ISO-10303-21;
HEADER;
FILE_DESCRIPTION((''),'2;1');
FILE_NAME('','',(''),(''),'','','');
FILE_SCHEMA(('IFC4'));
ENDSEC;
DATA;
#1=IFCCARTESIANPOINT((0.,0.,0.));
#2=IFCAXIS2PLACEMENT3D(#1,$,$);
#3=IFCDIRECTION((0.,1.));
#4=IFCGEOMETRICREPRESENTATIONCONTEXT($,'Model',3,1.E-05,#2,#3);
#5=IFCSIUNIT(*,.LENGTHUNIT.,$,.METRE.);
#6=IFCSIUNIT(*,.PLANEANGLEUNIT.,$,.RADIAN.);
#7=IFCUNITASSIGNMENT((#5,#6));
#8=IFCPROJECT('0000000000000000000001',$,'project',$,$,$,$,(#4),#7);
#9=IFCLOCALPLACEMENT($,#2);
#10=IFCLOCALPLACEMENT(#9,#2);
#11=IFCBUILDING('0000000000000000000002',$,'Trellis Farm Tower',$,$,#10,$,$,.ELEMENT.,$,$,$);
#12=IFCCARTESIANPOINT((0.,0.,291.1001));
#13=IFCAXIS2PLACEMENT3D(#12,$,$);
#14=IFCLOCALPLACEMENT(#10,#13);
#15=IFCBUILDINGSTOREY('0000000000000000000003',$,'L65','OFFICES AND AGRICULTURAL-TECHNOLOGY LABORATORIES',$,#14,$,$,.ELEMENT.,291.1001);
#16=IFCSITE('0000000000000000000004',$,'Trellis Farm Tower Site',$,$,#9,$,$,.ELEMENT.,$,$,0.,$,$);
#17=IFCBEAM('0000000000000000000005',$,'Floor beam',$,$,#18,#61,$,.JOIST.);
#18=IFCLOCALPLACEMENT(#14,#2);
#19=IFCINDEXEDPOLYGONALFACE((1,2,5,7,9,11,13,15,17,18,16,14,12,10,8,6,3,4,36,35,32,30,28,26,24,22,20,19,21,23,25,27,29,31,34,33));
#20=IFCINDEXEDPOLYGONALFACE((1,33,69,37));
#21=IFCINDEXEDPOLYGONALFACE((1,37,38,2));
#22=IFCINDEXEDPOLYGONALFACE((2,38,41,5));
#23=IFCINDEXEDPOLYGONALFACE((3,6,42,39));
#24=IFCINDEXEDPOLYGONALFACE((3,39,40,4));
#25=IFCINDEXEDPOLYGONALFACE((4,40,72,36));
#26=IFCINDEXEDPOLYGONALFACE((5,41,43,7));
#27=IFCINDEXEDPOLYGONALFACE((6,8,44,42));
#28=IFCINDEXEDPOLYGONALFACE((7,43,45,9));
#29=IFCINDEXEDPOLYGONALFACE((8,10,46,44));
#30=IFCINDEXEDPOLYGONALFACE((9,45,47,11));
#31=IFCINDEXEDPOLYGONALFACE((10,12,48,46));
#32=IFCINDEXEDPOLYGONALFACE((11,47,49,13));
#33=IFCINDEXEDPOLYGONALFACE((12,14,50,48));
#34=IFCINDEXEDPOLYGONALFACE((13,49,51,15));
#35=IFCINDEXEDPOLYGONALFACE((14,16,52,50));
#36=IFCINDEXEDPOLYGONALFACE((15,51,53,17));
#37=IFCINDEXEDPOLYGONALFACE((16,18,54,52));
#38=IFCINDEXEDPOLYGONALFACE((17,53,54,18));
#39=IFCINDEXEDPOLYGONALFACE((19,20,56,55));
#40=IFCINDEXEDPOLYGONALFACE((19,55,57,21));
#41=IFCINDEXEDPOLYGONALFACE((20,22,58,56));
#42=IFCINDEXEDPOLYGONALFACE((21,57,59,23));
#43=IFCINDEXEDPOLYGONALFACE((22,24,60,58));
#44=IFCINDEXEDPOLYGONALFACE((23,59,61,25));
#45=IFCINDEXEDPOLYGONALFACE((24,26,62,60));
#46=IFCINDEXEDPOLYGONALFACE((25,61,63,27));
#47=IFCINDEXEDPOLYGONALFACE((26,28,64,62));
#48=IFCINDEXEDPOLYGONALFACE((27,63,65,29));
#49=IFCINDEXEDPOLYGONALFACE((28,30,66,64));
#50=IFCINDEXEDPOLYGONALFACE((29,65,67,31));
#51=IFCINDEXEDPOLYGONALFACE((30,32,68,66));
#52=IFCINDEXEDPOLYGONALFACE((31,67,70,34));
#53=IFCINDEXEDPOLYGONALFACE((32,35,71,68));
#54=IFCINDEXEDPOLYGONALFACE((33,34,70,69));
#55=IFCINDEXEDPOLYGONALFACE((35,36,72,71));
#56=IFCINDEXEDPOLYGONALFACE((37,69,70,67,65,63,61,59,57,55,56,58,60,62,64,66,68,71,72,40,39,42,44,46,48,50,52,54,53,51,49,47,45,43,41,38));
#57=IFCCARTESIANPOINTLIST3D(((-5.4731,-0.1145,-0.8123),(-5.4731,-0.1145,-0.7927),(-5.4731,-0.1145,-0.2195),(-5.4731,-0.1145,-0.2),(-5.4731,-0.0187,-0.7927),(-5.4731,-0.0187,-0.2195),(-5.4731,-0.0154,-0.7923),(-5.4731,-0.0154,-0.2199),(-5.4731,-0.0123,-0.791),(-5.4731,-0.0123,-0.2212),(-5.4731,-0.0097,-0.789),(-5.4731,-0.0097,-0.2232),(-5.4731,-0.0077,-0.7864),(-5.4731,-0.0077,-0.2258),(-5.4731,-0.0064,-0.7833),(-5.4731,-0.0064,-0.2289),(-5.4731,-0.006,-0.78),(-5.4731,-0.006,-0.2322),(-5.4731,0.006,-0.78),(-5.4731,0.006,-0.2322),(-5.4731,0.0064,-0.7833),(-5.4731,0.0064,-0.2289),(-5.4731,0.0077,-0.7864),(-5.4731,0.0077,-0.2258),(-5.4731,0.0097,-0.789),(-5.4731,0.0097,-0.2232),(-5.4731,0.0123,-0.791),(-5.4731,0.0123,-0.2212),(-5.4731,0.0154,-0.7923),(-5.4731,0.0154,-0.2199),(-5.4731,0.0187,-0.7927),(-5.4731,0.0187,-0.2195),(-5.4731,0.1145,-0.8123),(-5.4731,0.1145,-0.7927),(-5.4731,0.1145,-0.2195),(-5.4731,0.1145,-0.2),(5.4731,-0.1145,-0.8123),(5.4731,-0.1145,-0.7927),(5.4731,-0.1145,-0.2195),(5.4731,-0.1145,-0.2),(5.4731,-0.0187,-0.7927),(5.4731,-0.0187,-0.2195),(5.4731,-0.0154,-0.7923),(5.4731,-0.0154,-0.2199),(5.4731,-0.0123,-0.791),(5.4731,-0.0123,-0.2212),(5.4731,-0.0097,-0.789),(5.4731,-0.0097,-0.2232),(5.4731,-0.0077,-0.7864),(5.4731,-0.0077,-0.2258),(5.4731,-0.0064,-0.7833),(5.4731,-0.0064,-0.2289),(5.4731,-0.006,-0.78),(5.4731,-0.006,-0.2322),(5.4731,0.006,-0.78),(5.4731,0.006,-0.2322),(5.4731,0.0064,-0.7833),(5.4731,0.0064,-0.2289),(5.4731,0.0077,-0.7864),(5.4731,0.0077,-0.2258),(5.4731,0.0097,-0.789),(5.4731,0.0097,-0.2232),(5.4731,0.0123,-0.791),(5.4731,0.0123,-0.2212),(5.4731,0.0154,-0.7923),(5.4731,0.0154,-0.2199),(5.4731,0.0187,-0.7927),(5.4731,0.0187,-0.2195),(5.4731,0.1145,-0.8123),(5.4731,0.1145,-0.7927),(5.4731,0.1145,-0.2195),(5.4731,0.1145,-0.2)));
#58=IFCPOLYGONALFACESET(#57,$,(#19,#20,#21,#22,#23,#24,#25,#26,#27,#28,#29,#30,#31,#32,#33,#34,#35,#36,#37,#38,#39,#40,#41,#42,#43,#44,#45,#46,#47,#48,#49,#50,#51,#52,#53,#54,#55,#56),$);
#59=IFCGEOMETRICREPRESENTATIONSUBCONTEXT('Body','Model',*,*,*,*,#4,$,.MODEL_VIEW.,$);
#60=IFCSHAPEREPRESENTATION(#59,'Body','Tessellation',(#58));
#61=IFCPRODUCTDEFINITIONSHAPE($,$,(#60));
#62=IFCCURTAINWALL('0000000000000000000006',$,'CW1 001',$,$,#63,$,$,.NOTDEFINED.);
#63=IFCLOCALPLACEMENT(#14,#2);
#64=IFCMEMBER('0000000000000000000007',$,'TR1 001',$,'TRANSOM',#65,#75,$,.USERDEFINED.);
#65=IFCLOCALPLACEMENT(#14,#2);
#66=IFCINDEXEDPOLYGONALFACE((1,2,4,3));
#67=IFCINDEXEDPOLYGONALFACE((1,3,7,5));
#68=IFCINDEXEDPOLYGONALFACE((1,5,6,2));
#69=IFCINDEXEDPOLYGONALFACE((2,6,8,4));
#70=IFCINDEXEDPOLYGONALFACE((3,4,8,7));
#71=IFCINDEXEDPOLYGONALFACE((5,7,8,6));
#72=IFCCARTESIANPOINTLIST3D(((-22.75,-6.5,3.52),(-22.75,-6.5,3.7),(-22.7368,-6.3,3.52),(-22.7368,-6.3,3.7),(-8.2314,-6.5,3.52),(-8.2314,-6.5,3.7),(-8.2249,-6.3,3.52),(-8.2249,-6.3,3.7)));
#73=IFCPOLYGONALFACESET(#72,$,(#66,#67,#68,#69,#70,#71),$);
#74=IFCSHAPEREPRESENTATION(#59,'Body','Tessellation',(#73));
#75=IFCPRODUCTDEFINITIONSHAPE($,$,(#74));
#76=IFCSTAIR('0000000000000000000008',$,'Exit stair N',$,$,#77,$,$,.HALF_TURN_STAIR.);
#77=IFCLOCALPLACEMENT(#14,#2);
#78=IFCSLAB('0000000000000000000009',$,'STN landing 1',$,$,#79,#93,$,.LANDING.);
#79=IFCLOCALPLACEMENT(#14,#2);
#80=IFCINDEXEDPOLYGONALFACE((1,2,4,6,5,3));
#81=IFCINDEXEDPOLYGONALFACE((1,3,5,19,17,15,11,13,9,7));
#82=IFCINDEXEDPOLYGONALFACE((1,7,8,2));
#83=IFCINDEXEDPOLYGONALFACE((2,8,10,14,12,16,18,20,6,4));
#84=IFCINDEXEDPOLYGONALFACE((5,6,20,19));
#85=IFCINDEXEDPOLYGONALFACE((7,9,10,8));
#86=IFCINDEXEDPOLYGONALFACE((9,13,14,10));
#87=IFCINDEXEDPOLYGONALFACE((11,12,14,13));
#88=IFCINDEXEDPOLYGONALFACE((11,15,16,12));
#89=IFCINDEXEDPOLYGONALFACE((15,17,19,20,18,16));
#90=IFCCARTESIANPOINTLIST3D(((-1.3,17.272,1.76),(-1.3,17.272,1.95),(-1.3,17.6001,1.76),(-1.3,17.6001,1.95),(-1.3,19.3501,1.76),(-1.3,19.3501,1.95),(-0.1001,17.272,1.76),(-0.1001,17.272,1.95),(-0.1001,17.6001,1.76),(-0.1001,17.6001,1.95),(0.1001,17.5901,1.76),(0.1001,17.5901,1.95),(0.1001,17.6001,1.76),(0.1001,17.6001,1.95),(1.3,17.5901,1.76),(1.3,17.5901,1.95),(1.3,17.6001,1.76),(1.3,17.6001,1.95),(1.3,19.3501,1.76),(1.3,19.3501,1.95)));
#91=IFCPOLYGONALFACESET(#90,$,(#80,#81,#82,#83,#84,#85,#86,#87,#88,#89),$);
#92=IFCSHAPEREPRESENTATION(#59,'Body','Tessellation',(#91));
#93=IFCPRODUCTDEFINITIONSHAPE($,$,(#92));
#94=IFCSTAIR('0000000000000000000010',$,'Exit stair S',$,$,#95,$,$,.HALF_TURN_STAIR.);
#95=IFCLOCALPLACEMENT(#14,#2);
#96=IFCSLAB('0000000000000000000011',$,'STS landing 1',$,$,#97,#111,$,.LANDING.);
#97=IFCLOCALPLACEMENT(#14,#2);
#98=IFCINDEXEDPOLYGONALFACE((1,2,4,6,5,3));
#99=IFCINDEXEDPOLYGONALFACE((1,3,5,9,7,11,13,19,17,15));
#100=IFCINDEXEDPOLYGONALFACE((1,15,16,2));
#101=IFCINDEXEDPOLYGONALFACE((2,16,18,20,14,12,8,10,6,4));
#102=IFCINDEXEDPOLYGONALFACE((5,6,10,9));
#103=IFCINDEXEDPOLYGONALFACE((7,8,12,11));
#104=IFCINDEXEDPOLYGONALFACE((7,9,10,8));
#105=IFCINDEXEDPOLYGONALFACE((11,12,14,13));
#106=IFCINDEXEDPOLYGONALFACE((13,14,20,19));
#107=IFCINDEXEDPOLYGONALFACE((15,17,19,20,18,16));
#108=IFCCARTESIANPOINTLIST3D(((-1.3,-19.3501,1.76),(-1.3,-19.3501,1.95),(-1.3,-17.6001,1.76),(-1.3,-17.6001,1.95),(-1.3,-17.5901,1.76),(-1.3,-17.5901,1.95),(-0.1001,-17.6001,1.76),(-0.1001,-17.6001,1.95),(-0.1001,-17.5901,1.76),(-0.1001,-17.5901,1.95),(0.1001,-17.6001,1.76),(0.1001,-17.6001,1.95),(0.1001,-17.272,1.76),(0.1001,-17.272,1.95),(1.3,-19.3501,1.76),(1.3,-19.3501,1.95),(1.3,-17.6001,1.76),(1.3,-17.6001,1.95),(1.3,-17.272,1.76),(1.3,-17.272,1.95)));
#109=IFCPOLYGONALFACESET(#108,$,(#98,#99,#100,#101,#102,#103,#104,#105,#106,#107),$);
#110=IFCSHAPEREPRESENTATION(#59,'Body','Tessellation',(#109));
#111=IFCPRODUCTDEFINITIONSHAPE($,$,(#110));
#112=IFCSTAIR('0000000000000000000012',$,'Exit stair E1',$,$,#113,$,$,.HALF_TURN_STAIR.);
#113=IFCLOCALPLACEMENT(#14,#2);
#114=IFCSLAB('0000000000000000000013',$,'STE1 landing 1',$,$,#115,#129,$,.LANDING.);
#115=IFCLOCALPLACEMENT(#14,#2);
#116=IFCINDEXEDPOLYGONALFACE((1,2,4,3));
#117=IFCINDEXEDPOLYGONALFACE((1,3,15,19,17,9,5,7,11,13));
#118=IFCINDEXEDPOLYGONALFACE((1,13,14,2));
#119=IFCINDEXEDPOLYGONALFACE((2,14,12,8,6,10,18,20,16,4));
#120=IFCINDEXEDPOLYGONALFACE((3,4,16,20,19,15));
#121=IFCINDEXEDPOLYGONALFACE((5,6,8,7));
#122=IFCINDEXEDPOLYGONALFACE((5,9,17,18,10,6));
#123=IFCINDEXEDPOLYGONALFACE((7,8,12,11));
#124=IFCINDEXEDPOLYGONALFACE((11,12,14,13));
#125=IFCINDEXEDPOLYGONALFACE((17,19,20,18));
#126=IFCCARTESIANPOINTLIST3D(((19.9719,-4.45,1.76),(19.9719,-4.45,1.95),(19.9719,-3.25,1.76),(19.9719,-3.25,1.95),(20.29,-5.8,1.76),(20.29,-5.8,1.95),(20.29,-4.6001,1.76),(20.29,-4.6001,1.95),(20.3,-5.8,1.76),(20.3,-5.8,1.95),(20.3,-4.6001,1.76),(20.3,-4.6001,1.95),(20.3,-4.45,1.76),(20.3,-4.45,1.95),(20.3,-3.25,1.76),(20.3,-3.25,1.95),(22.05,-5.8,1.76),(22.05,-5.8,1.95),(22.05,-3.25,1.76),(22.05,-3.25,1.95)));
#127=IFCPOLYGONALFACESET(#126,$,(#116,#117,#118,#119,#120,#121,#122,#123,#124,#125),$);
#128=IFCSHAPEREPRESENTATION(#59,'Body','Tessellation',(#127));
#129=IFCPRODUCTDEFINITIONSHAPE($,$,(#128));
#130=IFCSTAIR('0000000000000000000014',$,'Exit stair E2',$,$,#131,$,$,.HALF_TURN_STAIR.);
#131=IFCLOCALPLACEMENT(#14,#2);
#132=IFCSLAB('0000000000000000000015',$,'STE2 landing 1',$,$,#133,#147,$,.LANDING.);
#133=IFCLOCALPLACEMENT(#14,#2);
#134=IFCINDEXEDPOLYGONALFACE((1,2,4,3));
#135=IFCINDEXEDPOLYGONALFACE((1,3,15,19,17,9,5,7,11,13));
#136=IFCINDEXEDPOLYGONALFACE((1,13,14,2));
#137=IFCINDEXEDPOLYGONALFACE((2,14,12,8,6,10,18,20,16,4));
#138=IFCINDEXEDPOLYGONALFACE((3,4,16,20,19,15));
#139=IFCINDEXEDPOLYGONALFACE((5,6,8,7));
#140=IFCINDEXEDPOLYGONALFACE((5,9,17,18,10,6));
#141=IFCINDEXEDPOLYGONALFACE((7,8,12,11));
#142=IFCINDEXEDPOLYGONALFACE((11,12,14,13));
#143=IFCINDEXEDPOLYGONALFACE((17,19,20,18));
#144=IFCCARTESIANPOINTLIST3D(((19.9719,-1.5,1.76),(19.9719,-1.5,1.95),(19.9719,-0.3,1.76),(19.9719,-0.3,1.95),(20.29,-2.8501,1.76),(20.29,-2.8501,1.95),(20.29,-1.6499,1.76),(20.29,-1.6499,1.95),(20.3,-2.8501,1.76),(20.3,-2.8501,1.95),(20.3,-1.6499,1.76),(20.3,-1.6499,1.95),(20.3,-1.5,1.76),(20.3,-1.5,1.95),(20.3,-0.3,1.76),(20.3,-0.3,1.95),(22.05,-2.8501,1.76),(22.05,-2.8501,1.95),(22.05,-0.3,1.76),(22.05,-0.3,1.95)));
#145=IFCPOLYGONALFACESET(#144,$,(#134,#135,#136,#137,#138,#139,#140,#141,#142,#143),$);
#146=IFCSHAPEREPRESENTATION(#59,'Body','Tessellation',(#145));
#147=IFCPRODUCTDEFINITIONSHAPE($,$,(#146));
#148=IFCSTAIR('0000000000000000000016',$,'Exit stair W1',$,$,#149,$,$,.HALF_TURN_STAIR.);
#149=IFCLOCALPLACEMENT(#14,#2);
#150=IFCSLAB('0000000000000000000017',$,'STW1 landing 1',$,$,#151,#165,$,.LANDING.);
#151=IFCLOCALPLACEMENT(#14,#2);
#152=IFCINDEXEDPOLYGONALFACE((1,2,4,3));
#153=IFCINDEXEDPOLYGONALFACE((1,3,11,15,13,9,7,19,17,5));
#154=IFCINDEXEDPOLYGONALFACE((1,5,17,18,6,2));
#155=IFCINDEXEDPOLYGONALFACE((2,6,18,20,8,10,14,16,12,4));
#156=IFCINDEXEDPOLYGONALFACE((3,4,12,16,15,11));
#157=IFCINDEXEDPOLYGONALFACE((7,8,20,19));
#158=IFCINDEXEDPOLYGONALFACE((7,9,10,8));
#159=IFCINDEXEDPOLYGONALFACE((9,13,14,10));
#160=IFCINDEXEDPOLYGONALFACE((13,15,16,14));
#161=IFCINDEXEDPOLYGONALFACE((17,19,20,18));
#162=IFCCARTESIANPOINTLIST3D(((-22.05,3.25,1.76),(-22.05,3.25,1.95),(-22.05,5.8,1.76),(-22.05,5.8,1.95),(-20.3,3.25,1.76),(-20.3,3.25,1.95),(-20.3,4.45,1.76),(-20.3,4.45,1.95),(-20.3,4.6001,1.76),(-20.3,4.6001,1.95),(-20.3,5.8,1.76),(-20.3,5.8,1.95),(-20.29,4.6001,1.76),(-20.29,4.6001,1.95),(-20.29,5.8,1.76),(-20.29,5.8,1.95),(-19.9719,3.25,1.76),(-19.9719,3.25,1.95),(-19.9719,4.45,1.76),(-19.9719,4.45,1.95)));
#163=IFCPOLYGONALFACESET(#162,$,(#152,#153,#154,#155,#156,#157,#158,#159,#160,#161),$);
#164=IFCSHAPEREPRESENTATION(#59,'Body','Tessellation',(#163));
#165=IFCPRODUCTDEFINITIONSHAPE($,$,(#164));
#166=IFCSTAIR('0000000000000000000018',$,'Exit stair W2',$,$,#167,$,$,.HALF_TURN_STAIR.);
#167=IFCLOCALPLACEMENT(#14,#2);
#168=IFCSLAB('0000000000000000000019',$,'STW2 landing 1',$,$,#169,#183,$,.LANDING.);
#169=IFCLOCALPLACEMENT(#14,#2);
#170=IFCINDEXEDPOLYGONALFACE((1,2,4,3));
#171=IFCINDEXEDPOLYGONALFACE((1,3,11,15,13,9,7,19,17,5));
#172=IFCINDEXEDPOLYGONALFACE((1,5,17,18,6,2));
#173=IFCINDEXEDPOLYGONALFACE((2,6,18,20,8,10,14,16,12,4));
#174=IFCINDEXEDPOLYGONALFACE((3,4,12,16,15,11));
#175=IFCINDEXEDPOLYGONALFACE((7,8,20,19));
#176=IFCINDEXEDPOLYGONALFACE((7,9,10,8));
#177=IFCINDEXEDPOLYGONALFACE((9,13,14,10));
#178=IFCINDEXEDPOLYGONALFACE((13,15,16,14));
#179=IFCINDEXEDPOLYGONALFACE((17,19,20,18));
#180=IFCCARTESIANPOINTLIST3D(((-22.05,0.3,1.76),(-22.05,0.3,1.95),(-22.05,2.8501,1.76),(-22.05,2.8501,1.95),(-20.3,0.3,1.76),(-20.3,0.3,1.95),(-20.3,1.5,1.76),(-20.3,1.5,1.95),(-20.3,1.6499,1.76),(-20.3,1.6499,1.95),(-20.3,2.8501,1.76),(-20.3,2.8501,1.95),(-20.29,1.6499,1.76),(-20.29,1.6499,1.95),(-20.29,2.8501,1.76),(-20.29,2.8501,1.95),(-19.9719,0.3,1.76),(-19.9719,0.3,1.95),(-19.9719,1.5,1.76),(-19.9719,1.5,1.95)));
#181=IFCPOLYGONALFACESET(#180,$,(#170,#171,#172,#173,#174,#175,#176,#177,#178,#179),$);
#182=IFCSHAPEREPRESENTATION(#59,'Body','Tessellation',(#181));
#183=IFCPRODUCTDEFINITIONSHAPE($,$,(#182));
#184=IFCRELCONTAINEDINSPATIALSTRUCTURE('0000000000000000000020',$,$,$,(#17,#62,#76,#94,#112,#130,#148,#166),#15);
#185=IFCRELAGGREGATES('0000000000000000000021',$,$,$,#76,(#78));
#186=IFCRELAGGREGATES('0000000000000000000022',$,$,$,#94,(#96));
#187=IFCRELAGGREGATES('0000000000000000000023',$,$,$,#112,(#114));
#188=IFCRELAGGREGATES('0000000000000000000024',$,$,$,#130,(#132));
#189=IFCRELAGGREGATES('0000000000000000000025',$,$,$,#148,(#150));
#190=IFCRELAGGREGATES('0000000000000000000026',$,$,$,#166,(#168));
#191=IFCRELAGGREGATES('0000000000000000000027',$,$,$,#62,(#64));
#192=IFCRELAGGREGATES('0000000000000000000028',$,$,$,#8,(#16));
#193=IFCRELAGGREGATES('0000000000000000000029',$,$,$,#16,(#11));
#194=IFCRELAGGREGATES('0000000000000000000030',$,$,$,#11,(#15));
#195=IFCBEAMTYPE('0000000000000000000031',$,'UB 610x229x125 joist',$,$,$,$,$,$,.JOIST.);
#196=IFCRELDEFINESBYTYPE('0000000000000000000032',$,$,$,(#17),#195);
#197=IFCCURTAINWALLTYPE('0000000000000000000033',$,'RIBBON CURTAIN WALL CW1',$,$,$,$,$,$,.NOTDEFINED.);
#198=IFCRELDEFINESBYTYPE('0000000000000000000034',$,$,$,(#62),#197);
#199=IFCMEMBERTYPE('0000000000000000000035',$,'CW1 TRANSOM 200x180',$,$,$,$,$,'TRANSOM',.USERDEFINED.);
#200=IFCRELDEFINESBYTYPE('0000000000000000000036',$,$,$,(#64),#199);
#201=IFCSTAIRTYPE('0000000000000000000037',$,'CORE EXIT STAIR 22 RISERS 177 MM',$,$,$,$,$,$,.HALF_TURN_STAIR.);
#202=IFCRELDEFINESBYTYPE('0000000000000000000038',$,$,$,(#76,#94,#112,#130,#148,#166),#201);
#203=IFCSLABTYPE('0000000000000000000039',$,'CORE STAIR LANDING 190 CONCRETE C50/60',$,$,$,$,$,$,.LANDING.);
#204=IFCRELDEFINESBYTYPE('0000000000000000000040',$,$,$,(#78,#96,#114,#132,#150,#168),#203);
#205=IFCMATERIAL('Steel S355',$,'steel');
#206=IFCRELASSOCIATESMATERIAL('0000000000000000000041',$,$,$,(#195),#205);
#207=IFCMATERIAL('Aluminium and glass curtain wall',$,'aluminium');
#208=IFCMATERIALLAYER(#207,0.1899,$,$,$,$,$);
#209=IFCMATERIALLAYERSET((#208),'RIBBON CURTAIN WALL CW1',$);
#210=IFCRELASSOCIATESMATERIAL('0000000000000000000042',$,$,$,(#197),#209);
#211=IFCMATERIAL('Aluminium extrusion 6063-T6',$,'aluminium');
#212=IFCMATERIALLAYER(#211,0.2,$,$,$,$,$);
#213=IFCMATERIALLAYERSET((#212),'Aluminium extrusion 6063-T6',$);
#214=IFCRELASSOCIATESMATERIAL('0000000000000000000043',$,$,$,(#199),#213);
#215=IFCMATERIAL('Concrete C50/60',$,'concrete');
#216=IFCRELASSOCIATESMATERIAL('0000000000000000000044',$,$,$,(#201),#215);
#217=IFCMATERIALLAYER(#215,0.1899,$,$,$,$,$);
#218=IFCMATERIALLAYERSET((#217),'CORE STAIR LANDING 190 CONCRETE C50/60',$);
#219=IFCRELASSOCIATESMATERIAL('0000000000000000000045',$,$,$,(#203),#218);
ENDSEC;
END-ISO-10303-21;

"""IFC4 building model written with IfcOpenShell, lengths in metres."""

from ifc_helpers import new_model, si_unit, direction, frame, origin, origin_2d, place, context, subcontext, project, spatial, polyline, i_section, outline, extrude, source, transform, mapped, material, layer, layer_set, material_profile, profile_set, type_object, element, aggregate, save


model = new_model("IFC4")

# Units and contexts
model_context = context("Model", 3, precision=1e-05, world=origin(), true_north=direction((0.0, 1.0)))
body_context = subcontext(model_context, "Body", "Model", "MODEL_VIEW")
ifc_project = project(units=[si_unit("LENGTHUNIT", "METRE"), si_unit("PLANEANGLEUNIT", "RADIAN")], contexts=[model_context])

# Site, building, storey
site_placement = place(None, origin())
site = spatial("IfcSite", under=ifc_project, at=site_placement, Name="Trellis Farm Tower Site", CompositionType="ELEMENT", RefElevation=0.0)
building_placement = place(site_placement, origin())
building = spatial("IfcBuilding", under=site, at=building_placement, Name="Trellis Farm Tower", CompositionType="ELEMENT")
storey_placement = place(building_placement, frame((0.0, 0.0, 291.1001)))
storey = spatial("IfcBuildingStorey", under=building, at=storey_placement, Name="L65", Description="OFFICES AND AGRICULTURAL-TECHNOLOGY LABORATORIES", CompositionType="ELEMENT", Elevation=291.1001)

# Beam
ifc_material_1 = material(Name="Steel S355", Category="steel")
ifc_material_profile = material_profile(ifc_material_1, i_section(OverallWidth=0.229, OverallDepth=0.6123, WebThickness=0.012, FlangeThickness=0.0195, FilletRadius=0.0127, at=origin_2d()), Name="UB 610x229x125")
ifc_profile_set = profile_set([ifc_material_profile], Name="Steel S355")
beam_type = type_object("IfcBeamType", Name="UB 610x229x125 joist", PredefinedType="JOIST", material=ifc_profile_set)
shared_shape_1 = source(origin(), body_context, "Body", "SweptSolid", [
    extrude(i_section(OverallWidth=0.229, OverallDepth=0.6123, WebThickness=0.012, FlangeThickness=0.0195, FilletRadius=0.0127, at=origin_2d()), origin(), (0.0, 0.0, 1.0), 10.9463),
])
beam_placement = place(storey_placement, frame((-5.4731, 0.0, -0.5061), z_axis=(1.0, 0.0, 0.0), x_axis=(0.0, 1.0, 0.0)))
element("IfcBeam", 1, at=beam_placement, inside=storey, type_object=beam_type, Name="Floor beam", PredefinedType="JOIST", context=body_context, shape_type="MappedRepresentation", body=[
    mapped(shared_shape_1, transform((0.0, 0.0, 0.0))),
])

# Curtain wall, member
ifc_material_2 = material(Name="Aluminium and glass curtain wall", Category="aluminium")
ifc_layer_1 = layer(ifc_material_2, 0.1899)
ifc_layer_set_1 = layer_set([ifc_layer_1], Name="RIBBON CURTAIN WALL CW1")
curtain_wall_type_1 = type_object("IfcCurtainWallType", Name="RIBBON CURTAIN WALL CW1", PredefinedType="NOTDEFINED", material=ifc_layer_set_1)
placement_1 = place(storey_placement, origin())
curtain_wall_1 = element("IfcCurtainWall", 2, at=placement_1, inside=storey, type_object=curtain_wall_type_1, Name="CW1 001", PredefinedType="NOTDEFINED")
ifc_material_3 = material(Name="Aluminium extrusion 6063-T6", Category="aluminium")
ifc_layer_2 = layer(ifc_material_3, 0.2)
ifc_layer_set_2 = layer_set([ifc_layer_2], Name="Aluminium extrusion 6063-T6")
member_type = type_object("IfcMemberType", Name="CW1 TRANSOM 200x180", ElementType="TRANSOM", PredefinedType="USERDEFINED", material=ifc_layer_set_2)
shared_shape_2 = source(origin(), body_context, "Body", "SweptSolid", [
    extrude(outline(polyline([(-22.75, -6.5), (-8.2314, -6.5), (-8.2249, -6.3), (-22.7368, -6.3), (-22.75, -6.5)])), origin(), (0.0, 0.0, 1.0), 0.1799),
])
member_placement = place(storey_placement, frame((0.0, 0.0, 3.52)))
member = element("IfcMember", 3, at=member_placement, type_object=member_type, Name="TR1 001", ObjectType="TRANSOM", PredefinedType="USERDEFINED", context=body_context, shape_type="MappedRepresentation", body=[
    mapped(shared_shape_2, transform((0.0, 0.0, 0.0))),
])

# Stairs, slabs
ifc_material_4 = material(Name="Concrete C50/60", Category="concrete")
stair_type = type_object("IfcStairType", Name="CORE EXIT STAIR 22 RISERS 177 MM", PredefinedType="HALF_TURN_STAIR", material=ifc_material_4)
stair_1 = element("IfcStair", 4, at=placement_1, inside=storey, type_object=stair_type, Name="Exit stair N", PredefinedType="HALF_TURN_STAIR")
ifc_layer_3 = layer(ifc_material_4, 0.1899)
ifc_layer_set_3 = layer_set([ifc_layer_3], Name="CORE STAIR LANDING 190 CONCRETE C50/60")
slab_type_1 = type_object("IfcSlabType", Name="CORE STAIR LANDING 190 CONCRETE C50/60", PredefinedType="LANDING", material=ifc_layer_set_3)
shared_shape_3 = source(origin(), body_context, "Body", "SweptSolid", [
    extrude(outline(polyline([(-0.1001, 17.272), (-1.3, 17.272), (-1.3, 17.6001), (-1.3, 19.3501), (1.3, 19.3501), (1.3, 17.6001), (1.3, 17.5901), (0.1001, 17.5901), (0.1001, 17.6001), (-0.1001, 17.6001), (-0.1001, 17.272)])), origin(), (0.0, 0.0, 1.0), 0.1899),
])
placement_2 = place(storey_placement, frame((0.0, 0.0, 1.76)))
slab_1 = element("IfcSlab", 5, at=placement_2, type_object=slab_type_1, Name="STN landing 1", PredefinedType="LANDING", context=body_context, shape_type="MappedRepresentation", body=[
    mapped(shared_shape_3, transform((0.0, 0.0, 0.0))),
])
aggregate(stair_1, [slab_1])
stair_2 = element("IfcStair", 6, at=placement_1, inside=storey, type_object=stair_type, Name="Exit stair S", PredefinedType="HALF_TURN_STAIR")
shared_shape_4 = source(origin(), body_context, "Body", "SweptSolid", [
    extrude(outline(polyline([(1.3, -19.3501), (-1.3, -19.3501), (-1.3, -17.6001), (-1.3, -17.5901), (-0.1001, -17.5901), (-0.1001, -17.6001), (0.1001, -17.6001), (0.1001, -17.272), (1.3, -17.272), (1.3, -17.6001), (1.3, -19.3501)])), origin(), (0.0, 0.0, 1.0), 0.1899),
])
slab_2 = element("IfcSlab", 7, at=placement_2, type_object=slab_type_1, Name="STS landing 1", PredefinedType="LANDING", context=body_context, shape_type="MappedRepresentation", body=[
    mapped(shared_shape_4, transform((0.0, 0.0, 0.0))),
])
aggregate(stair_2, [slab_2])
stair_3 = element("IfcStair", 8, at=placement_1, inside=storey, type_object=stair_type, Name="Exit stair E1", PredefinedType="HALF_TURN_STAIR")
shared_shape_5 = source(origin(), body_context, "Body", "SweptSolid", [
    extrude(outline(polyline([(20.29, -5.8), (20.29, -4.6001), (20.3, -4.6001), (20.3, -4.45), (19.9719, -4.45), (19.9719, -3.25), (20.3, -3.25), (22.05, -3.25), (22.05, -5.8), (20.3, -5.8), (20.29, -5.8)])), origin(), (0.0, 0.0, 1.0), 0.1899),
])
slab_3 = element("IfcSlab", 9, at=placement_2, type_object=slab_type_1, Name="STE1 landing 1", PredefinedType="LANDING", context=body_context, shape_type="MappedRepresentation", body=[
    mapped(shared_shape_5, transform((0.0, 0.0, 0.0))),
])
aggregate(stair_3, [slab_3])
stair_4 = element("IfcStair", 10, at=placement_1, inside=storey, type_object=stair_type, Name="Exit stair E2", PredefinedType="HALF_TURN_STAIR")
shared_shape_6 = source(origin(), body_context, "Body", "SweptSolid", [
    extrude(outline(polyline([(20.29, -2.8501), (20.29, -1.6499), (20.3, -1.6499), (20.3, -1.5), (19.9719, -1.5), (19.9719, -0.3), (20.3, -0.3), (22.05, -0.3), (22.05, -2.8501), (20.3, -2.8501), (20.29, -2.8501)])), origin(), (0.0, 0.0, 1.0), 0.1899),
])
slab_4 = element("IfcSlab", 11, at=placement_2, type_object=slab_type_1, Name="STE2 landing 1", PredefinedType="LANDING", context=body_context, shape_type="MappedRepresentation", body=[
    mapped(shared_shape_6, transform((0.0, 0.0, 0.0))),
])
aggregate(stair_4, [slab_4])
stair_5 = element("IfcStair", 12, at=placement_1, inside=storey, type_object=stair_type, Name="Exit stair W1", PredefinedType="HALF_TURN_STAIR")
shared_shape_7 = source(origin(), body_context, "Body", "SweptSolid", [
    extrude(outline(polyline([(-19.9719, 4.45), (-19.9719, 3.25), (-20.3, 3.25), (-22.05, 3.25), (-22.05, 5.8), (-20.3, 5.8), (-20.29, 5.8), (-20.29, 4.6001), (-20.3, 4.6001), (-20.3, 4.45), (-19.9719, 4.45)])), origin(), (0.0, 0.0, 1.0), 0.1899),
])
slab_5 = element("IfcSlab", 13, at=placement_2, type_object=slab_type_1, Name="STW1 landing 1", PredefinedType="LANDING", context=body_context, shape_type="MappedRepresentation", body=[
    mapped(shared_shape_7, transform((0.0, 0.0, 0.0))),
])
aggregate(stair_5, [slab_5])
stair_6 = element("IfcStair", 14, at=placement_1, inside=storey, type_object=stair_type, Name="Exit stair W2", PredefinedType="HALF_TURN_STAIR")
shared_shape_8 = source(origin(), body_context, "Body", "SweptSolid", [
    extrude(outline(polyline([(-19.9719, 1.5), (-19.9719, 0.3), (-20.3, 0.3), (-22.05, 0.3), (-22.05, 2.8501), (-20.3, 2.8501), (-20.29, 2.8501), (-20.29, 1.6499), (-20.3, 1.6499), (-20.3, 1.5), (-19.9719, 1.5)])), origin(), (0.0, 0.0, 1.0), 0.1899),
])
slab_6 = element("IfcSlab", 15, at=placement_2, type_object=slab_type_1, Name="STW2 landing 1", PredefinedType="LANDING", context=body_context, shape_type="MappedRepresentation", body=[
    mapped(shared_shape_8, transform((0.0, 0.0, 0.0))),
])
aggregate(stair_6, [slab_6])

aggregate(curtain_wall_1, [member])

save(model, "model.ifc")
